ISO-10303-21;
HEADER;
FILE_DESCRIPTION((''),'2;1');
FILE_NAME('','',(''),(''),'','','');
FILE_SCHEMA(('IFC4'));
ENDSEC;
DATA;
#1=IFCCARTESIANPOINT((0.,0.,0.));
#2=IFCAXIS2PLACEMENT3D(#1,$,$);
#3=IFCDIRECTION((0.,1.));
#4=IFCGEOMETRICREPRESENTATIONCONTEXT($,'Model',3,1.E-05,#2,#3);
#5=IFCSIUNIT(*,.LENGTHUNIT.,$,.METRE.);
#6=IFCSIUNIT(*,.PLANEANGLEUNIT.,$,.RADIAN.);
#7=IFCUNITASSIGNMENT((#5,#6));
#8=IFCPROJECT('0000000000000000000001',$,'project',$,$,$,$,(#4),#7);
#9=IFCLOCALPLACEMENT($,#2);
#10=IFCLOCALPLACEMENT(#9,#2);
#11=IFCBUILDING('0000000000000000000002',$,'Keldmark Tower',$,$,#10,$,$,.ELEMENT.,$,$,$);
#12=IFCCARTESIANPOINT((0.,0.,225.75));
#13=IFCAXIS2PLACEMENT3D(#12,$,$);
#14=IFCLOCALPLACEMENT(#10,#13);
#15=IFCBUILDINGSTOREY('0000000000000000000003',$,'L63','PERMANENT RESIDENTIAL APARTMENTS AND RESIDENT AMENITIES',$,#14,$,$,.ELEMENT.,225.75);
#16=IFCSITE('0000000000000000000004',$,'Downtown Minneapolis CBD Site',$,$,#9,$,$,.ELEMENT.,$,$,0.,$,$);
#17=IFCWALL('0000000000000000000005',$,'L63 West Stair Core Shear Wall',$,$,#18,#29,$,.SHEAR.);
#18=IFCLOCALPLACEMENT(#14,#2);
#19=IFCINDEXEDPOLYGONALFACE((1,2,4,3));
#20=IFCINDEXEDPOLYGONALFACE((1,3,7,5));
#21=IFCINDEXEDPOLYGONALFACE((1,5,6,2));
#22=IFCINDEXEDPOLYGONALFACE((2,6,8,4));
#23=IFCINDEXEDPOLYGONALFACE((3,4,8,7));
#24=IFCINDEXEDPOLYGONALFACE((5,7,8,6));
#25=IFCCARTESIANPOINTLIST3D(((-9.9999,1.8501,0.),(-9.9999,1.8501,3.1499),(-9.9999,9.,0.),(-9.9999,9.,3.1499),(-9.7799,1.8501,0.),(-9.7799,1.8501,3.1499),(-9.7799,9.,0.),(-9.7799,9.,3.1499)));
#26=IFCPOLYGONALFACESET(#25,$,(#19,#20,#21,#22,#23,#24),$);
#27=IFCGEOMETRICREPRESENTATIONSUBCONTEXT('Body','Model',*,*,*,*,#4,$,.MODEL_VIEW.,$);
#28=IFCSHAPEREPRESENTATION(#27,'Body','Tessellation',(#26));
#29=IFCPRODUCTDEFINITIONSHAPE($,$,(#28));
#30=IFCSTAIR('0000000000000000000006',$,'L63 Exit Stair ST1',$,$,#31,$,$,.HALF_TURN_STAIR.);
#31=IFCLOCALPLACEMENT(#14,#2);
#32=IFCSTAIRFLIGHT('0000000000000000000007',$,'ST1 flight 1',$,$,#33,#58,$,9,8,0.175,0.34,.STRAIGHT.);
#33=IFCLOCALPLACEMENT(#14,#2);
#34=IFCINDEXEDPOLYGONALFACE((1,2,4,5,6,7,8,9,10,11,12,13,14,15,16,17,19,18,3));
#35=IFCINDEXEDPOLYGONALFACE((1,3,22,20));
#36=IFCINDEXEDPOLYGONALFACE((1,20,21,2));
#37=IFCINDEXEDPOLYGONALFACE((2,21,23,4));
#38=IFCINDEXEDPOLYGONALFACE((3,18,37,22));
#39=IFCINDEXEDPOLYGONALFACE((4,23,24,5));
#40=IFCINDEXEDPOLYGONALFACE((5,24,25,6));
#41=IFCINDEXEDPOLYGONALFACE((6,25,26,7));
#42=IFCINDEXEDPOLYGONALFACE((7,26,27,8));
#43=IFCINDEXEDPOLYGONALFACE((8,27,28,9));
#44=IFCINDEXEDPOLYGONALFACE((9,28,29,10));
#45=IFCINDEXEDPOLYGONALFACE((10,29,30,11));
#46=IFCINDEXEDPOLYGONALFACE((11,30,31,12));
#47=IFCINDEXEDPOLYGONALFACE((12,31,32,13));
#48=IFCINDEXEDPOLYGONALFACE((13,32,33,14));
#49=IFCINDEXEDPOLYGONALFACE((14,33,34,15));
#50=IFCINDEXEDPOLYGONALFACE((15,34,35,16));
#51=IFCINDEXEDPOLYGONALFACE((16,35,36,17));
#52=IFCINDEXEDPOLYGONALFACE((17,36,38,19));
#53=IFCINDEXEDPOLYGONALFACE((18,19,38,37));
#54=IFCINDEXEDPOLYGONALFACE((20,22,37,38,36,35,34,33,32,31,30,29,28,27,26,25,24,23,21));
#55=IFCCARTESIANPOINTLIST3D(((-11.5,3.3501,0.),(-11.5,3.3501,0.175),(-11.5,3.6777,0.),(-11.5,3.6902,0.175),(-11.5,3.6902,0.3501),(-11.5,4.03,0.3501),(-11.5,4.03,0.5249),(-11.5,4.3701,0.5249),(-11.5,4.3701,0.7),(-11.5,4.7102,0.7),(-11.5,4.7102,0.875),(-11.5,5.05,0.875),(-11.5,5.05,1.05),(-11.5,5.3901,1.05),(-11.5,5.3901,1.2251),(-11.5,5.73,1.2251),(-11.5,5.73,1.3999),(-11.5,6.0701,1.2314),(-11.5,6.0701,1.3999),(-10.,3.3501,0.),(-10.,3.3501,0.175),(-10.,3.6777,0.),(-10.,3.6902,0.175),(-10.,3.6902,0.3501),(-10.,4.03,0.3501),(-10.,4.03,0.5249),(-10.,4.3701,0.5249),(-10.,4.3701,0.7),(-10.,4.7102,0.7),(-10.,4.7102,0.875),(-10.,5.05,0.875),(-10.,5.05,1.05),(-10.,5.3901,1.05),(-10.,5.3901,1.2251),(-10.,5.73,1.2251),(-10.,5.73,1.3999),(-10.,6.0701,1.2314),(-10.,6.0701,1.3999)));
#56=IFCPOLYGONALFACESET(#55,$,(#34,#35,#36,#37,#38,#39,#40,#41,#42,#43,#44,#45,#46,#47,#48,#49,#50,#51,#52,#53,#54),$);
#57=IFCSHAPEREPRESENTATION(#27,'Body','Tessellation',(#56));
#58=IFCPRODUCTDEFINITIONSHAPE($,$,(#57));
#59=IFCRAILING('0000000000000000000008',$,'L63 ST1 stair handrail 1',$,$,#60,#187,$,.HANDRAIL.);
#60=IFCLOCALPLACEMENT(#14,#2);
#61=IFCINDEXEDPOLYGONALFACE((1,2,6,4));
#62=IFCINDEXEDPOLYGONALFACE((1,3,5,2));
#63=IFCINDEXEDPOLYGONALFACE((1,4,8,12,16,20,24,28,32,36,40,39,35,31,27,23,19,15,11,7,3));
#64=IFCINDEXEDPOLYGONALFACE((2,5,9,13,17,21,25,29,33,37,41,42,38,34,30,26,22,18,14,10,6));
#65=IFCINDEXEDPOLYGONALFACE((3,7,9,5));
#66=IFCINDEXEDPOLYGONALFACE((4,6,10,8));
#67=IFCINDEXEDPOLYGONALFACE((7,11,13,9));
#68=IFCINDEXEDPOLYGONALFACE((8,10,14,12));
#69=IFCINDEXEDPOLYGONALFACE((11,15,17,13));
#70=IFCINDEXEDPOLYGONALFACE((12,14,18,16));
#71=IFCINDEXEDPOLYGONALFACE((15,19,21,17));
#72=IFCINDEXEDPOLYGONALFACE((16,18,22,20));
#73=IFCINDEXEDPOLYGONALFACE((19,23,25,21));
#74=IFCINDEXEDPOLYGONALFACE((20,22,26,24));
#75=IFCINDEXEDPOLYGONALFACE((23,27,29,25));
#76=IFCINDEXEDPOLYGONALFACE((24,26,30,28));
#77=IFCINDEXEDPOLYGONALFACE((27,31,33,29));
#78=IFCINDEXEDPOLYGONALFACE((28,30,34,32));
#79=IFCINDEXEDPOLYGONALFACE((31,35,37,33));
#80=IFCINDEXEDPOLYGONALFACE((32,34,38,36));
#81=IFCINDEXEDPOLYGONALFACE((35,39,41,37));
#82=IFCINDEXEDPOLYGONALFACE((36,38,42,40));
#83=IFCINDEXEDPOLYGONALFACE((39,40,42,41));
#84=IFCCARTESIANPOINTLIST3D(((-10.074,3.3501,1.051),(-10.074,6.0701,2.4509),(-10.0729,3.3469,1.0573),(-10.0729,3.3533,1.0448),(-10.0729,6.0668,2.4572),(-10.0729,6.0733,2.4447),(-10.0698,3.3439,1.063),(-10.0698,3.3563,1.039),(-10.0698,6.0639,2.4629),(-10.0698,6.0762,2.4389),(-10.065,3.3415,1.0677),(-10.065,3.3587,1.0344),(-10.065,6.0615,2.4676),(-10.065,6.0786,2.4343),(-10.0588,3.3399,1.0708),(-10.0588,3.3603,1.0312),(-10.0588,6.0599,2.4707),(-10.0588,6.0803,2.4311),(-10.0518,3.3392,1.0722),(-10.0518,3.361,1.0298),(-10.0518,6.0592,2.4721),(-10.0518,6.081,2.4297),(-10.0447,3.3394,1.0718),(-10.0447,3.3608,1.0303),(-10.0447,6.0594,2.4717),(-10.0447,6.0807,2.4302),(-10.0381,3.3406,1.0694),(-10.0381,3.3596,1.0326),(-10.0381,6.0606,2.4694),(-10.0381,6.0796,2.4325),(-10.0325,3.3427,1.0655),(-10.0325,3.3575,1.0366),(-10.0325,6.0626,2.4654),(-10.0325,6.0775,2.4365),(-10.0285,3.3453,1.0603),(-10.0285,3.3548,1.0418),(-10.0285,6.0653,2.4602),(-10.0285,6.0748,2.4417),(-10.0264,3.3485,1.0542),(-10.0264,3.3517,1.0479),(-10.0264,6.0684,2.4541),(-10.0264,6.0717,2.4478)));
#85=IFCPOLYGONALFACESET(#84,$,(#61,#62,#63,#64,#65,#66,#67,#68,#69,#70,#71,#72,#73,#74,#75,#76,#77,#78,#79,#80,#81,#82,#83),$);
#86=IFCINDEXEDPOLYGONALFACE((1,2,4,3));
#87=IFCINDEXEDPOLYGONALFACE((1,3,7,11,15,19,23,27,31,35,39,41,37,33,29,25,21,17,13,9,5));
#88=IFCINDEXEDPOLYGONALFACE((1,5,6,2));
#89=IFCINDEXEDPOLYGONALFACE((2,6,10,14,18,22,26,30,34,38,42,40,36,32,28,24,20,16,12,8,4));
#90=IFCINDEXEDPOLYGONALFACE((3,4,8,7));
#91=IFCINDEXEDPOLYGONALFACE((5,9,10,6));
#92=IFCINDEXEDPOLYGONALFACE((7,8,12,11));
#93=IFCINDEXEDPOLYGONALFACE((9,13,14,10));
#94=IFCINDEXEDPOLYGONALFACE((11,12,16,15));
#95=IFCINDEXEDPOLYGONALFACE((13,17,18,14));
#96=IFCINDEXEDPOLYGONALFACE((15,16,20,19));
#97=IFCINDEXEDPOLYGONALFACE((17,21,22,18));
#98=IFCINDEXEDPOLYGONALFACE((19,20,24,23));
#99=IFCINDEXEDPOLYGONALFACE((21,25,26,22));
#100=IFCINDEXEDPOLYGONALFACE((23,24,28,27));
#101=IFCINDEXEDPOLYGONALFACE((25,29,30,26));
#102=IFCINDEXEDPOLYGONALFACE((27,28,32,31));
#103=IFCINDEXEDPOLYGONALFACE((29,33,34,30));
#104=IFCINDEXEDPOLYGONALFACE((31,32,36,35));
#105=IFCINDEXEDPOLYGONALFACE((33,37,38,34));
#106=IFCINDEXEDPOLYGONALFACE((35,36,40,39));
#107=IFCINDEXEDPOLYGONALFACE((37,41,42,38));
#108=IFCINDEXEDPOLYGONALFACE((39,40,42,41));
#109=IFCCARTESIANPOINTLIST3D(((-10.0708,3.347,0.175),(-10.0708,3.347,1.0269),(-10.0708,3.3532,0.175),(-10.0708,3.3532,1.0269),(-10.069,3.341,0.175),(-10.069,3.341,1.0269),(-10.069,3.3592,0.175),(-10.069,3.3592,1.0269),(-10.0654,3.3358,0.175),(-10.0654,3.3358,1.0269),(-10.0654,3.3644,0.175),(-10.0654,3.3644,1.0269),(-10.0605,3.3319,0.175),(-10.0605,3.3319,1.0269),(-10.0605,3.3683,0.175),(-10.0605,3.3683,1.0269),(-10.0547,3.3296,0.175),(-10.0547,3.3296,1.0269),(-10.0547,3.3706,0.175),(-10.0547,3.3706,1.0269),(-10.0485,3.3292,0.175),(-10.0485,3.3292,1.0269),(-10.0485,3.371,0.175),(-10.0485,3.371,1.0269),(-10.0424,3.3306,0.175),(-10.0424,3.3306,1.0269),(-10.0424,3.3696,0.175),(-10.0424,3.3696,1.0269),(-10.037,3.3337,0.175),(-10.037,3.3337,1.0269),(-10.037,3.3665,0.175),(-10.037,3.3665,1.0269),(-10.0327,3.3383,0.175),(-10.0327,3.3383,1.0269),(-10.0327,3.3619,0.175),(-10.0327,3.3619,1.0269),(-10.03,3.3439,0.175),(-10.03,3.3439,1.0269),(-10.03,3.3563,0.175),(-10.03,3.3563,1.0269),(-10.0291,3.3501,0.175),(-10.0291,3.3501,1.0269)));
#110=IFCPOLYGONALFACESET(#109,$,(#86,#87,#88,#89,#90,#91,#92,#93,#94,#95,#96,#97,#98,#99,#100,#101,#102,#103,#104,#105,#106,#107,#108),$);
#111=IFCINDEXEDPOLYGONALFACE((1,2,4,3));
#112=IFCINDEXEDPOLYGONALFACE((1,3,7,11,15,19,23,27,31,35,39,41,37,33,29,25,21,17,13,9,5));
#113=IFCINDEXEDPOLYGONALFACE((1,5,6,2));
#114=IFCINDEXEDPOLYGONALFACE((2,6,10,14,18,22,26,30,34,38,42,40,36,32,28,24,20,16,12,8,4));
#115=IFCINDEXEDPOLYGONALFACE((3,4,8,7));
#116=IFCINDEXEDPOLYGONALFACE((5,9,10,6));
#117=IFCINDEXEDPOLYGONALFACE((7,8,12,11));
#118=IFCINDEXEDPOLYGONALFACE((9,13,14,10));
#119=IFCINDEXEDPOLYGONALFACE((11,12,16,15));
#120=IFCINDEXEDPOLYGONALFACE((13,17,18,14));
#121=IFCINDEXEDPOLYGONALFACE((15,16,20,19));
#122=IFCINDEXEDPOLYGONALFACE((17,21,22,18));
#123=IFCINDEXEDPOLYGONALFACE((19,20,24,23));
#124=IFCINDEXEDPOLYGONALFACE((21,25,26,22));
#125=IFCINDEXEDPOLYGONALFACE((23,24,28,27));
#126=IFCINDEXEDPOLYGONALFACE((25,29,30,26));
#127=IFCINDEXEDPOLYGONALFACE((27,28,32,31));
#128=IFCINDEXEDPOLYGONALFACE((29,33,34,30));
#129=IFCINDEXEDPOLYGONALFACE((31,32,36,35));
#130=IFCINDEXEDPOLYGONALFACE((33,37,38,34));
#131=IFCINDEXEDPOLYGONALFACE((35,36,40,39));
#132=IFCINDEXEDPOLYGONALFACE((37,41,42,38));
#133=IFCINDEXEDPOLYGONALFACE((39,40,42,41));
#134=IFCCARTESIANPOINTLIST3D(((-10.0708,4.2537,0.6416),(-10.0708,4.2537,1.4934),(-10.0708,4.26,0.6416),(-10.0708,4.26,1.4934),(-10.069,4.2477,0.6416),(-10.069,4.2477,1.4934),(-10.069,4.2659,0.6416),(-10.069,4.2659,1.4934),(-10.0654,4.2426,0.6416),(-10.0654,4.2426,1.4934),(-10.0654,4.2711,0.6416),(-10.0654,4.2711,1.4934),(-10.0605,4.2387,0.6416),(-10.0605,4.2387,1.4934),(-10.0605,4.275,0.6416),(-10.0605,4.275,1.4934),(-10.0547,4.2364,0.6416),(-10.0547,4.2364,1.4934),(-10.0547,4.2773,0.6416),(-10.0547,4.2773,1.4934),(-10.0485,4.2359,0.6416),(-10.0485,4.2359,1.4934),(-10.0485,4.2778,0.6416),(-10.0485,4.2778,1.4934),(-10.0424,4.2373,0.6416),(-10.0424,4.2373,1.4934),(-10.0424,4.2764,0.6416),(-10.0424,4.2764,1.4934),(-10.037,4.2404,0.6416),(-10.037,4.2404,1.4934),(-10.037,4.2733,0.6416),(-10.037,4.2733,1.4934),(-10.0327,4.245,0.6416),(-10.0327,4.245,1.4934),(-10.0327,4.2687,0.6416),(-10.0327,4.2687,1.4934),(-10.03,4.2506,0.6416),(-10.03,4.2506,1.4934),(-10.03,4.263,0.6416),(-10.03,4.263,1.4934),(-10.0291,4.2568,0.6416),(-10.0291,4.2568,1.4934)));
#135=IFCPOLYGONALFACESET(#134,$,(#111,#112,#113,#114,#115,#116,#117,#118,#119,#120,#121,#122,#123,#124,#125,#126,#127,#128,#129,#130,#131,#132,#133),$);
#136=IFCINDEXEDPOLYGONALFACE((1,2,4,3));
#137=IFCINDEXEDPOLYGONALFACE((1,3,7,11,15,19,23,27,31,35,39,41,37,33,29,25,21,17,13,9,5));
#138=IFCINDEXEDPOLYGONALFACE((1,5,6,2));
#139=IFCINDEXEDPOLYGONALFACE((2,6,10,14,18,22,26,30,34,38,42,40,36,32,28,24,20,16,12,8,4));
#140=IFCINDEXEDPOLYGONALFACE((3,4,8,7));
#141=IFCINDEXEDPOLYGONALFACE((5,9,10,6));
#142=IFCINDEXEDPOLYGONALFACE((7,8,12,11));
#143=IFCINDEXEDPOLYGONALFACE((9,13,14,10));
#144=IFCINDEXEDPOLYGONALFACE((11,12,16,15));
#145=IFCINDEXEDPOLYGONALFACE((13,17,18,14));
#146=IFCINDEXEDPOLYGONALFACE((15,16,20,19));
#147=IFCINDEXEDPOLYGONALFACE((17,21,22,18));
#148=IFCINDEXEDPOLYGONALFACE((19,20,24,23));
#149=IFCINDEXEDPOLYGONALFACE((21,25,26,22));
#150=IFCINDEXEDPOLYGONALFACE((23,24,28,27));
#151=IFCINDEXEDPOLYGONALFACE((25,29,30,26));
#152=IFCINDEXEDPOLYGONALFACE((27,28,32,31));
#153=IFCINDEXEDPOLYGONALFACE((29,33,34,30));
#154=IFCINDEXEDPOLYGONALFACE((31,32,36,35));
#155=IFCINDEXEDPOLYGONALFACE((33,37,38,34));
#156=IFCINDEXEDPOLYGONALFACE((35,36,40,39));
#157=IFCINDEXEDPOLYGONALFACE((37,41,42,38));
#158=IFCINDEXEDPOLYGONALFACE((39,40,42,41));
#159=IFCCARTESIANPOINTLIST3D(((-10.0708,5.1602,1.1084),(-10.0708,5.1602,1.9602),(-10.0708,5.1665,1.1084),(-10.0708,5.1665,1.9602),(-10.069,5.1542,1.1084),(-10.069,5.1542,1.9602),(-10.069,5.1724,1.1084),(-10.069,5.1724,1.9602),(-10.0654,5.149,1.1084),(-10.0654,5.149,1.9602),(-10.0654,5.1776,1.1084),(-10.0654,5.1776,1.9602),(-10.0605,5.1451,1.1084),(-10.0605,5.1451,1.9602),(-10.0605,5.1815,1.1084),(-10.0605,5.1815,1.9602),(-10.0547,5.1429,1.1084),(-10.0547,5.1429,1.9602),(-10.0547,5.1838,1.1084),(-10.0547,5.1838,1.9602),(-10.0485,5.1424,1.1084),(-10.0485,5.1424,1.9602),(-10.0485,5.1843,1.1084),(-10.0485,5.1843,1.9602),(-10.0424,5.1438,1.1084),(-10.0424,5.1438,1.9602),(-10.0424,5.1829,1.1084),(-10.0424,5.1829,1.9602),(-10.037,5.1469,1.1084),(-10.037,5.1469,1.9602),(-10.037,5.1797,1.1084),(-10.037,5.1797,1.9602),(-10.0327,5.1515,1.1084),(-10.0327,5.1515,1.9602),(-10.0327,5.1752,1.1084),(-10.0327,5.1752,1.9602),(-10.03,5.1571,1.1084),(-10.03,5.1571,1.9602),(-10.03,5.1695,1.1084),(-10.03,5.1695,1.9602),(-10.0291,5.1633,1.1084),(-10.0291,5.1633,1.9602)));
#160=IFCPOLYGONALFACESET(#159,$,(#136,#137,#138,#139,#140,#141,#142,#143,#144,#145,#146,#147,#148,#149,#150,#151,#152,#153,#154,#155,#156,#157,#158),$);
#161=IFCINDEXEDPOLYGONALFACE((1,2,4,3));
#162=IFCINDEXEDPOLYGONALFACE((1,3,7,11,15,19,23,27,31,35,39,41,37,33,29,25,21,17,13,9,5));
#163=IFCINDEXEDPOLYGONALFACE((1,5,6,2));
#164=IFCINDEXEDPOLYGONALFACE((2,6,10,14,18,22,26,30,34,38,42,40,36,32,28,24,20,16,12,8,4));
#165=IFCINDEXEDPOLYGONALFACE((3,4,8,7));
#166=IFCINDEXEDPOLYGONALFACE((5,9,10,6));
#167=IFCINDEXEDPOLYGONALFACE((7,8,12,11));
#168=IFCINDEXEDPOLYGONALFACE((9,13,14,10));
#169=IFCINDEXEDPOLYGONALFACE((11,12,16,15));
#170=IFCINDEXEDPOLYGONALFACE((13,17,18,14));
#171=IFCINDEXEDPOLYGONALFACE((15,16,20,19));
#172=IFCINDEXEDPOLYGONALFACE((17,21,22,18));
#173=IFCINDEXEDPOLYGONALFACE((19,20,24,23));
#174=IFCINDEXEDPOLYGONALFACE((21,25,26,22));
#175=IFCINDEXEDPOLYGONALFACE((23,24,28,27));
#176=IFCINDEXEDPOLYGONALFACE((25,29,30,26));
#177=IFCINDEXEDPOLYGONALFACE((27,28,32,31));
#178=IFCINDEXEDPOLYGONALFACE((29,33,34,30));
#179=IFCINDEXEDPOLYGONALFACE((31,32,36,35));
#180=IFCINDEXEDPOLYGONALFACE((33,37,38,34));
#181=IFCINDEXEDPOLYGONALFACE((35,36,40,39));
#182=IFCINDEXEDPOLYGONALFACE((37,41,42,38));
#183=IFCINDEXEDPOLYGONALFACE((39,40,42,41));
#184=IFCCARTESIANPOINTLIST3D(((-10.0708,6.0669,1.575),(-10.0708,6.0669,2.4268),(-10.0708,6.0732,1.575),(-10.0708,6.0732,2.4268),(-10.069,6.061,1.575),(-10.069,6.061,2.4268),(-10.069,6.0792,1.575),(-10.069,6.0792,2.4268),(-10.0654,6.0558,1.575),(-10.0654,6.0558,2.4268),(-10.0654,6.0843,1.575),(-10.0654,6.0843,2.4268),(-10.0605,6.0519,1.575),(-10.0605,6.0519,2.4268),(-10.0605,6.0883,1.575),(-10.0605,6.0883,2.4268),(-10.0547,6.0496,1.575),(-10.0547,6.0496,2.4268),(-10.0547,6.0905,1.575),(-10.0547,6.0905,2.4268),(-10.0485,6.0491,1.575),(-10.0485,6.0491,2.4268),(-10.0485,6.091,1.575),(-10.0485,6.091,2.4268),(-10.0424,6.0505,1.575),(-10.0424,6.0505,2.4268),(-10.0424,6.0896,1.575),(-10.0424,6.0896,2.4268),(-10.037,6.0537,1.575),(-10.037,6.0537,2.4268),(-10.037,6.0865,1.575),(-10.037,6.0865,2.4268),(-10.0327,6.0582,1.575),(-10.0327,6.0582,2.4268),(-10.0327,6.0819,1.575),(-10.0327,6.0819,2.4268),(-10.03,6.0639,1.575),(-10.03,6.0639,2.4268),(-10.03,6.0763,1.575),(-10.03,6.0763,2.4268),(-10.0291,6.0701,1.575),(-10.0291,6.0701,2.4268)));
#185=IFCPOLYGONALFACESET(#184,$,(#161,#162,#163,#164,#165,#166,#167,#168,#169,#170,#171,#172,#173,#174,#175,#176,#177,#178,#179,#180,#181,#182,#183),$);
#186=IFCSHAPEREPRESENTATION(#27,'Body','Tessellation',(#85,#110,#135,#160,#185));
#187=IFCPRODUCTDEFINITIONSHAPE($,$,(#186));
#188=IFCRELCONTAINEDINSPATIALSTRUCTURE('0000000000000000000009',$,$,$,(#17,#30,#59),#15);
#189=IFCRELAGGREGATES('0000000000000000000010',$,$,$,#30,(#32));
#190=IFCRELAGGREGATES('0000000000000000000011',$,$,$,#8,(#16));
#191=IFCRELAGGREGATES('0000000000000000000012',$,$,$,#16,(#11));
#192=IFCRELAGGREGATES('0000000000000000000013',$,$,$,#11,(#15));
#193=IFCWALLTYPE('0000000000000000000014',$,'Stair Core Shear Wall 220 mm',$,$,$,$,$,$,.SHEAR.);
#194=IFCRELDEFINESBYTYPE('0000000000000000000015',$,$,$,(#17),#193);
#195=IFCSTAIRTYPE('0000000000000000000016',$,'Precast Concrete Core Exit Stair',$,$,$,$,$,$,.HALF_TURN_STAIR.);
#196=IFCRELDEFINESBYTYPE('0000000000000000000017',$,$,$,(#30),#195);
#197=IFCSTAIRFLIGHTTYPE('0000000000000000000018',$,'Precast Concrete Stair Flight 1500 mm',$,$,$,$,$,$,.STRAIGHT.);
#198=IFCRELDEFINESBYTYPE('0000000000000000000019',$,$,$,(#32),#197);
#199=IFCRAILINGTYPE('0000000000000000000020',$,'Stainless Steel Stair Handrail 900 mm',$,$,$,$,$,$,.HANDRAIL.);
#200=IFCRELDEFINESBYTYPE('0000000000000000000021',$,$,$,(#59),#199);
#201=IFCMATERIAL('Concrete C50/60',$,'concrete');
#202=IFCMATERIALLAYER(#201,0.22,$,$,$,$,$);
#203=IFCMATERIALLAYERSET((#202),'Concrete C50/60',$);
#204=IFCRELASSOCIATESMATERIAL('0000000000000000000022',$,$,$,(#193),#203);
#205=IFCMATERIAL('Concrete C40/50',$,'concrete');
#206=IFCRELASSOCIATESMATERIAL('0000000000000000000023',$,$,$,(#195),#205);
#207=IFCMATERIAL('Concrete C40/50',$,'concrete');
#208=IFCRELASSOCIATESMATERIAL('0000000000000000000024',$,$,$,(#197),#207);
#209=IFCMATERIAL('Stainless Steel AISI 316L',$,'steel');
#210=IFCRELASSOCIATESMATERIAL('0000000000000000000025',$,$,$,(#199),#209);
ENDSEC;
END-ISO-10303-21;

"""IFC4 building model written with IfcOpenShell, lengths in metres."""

from ifc_helpers import new_model, si_unit, direction, frame, frame_2d, origin, origin_2d, place, context, subcontext, project, spatial, polyline, rectangle, circle, outline, extrude, material, layer, layer_set, type_object, element, aggregate, save


model = new_model("IFC4")

# Units and contexts
model_context = context("Model", 3, precision=1e-05, world=origin(), true_north=direction((0.0, 1.0)))
body_context = subcontext(model_context, "Body", "Model", "MODEL_VIEW")
ifc_project = project(units=[si_unit("LENGTHUNIT", "METRE"), si_unit("PLANEANGLEUNIT", "RADIAN")], contexts=[model_context])

# Site, building, storey
site_placement = place(None, origin())
site = spatial("IfcSite", under=ifc_project, at=site_placement, Name="Downtown Minneapolis CBD Site", CompositionType="ELEMENT", RefElevation=0.0)
building_placement = place(site_placement, origin())
building = spatial("IfcBuilding", under=site, at=building_placement, Name="Keldmark Tower", CompositionType="ELEMENT")
storey_placement = place(building_placement, frame((0.0, 0.0, 225.75)))
storey = spatial("IfcBuildingStorey", under=building, at=storey_placement, Name="L63", Description="PERMANENT RESIDENTIAL APARTMENTS AND RESIDENT AMENITIES", CompositionType="ELEMENT", Elevation=225.75)

# Wall
ifc_material_1 = material(Name="Concrete C50/60", Category="concrete")
ifc_layer_1 = layer(ifc_material_1, 0.22)
ifc_layer_set_1 = layer_set([ifc_layer_1], Name="Concrete C50/60")
wall_type_1 = type_object("IfcWallType", Name="Stair Core Shear Wall 220 mm", PredefinedType="SHEAR", material=ifc_layer_set_1)
wall_1_placement = place(storey_placement, frame((-9.8899, 1.8501, 0.0), z_axis=(0.0, 0.0, 1.0), x_axis=(0.0, 1.0, 0.0)))
element("IfcWall", 1, at=wall_1_placement, inside=storey, type_object=wall_type_1, Name="L63 West Stair Core Shear Wall", PredefinedType="SHEAR", context=body_context, shape_type="SweptSolid", body=[
    extrude(rectangle(XDim=7.1499, YDim=0.22, at=frame_2d((3.575, 0.0))), origin(), (0.0, 0.0, 1.0), 3.1499),
])

# Stair, stair flight
ifc_material_2 = material(Name="Concrete C40/50", Category="concrete")
stair_type = type_object("IfcStairType", Name="Precast Concrete Core Exit Stair", PredefinedType="HALF_TURN_STAIR", material=ifc_material_2)
stair_placement = place(storey_placement, origin())
stair = element("IfcStair", 2, at=stair_placement, inside=storey, type_object=stair_type, Name="L63 Exit Stair ST1", PredefinedType="HALF_TURN_STAIR")
ifc_material_3 = material(Name="Concrete C40/50", Category="concrete")
stair_flight_type = type_object("IfcStairFlightType", Name="Precast Concrete Stair Flight 1500 mm", PredefinedType="STRAIGHT", material=ifc_material_3)
stair_flight_placement = place(storey_placement, frame((-10.75, 3.3501, 0.0), z_axis=(0.0, 0.0, 1.0), x_axis=(0.0, 1.0, 0.0)))
stair_flight = element("IfcStairFlight", 3, at=stair_flight_placement, type_object=stair_flight_type, Name="ST1 flight 1", NumberOfRisers=9, NumberOfTreads=8, PredefinedType="STRAIGHT", RiserHeight=0.175, TreadLength=0.34, context=body_context, shape_type="SweptSolid", body=[
    extrude(outline(polyline([(0.0, 0.0), (0.0, 0.175), (0.3401, 0.175), (0.3401, 0.3501), (0.6799, 0.3501), (0.6799, 0.5249), (1.02, 0.5249), (1.02, 0.7), (1.3601, 0.7), (1.3601, 0.875), (1.7, 0.875), (1.7, 1.05), (2.04, 1.05), (2.04, 1.2251), (2.3799, 1.2251), (2.3799, 1.3999), (2.72, 1.3999), (2.72, 1.575), (2.72, 1.2314), (0.3276, 0.0), (0.0, 0.0)])), frame((0.0, 0.75, 0.0), z_axis=(0.0, -1.0, 0.0), x_axis=(1.0, 0.0, 0.0)), (0.0, 0.0, 1.0), 1.5),
])
aggregate(stair, [stair_flight])

# Railing
ifc_material_4 = material(Name="Stainless Steel AISI 316L", Category="steel")
railing_type = type_object("IfcRailingType", Name="Stainless Steel Stair Handrail 900 mm", PredefinedType="HANDRAIL", material=ifc_material_4)
railing_placement = place(storey_placement, frame((-10.05, 3.3501, 0.175)))
element("IfcRailing", 4, at=railing_placement, inside=storey, type_object=railing_type, Name="L63 ST1 stair handrail 1", PredefinedType="HANDRAIL", context=body_context, shape_type="SweptSolid", body=[
    extrude(circle(Radius=0.0239, at=origin_2d()), frame((0.0, 0.0, 0.876), z_axis=(0.0, 0.889147, 0.457622), x_axis=(-1.0, 0.0, 0.0)), (0.0, 0.0, 1.0), 3.0591),
    extrude(circle(Radius=0.021, at=origin_2d()), origin(), (0.0, 0.0, 1.0), 0.8518),
    extrude(circle(Radius=0.021, at=origin_2d()), frame((0.0, 0.9067, 0.4666)), (0.0, 0.0, 1.0), 0.8518),
    extrude(circle(Radius=0.021, at=origin_2d()), frame((0.0, 1.8132, 0.9333)), (0.0, 0.0, 1.0), 0.8518),
    extrude(circle(Radius=0.021, at=origin_2d()), frame((0.0, 2.72, 1.3999)), (0.0, 0.0, 1.0), 0.8518),
])

save(model, "model.ifc")
